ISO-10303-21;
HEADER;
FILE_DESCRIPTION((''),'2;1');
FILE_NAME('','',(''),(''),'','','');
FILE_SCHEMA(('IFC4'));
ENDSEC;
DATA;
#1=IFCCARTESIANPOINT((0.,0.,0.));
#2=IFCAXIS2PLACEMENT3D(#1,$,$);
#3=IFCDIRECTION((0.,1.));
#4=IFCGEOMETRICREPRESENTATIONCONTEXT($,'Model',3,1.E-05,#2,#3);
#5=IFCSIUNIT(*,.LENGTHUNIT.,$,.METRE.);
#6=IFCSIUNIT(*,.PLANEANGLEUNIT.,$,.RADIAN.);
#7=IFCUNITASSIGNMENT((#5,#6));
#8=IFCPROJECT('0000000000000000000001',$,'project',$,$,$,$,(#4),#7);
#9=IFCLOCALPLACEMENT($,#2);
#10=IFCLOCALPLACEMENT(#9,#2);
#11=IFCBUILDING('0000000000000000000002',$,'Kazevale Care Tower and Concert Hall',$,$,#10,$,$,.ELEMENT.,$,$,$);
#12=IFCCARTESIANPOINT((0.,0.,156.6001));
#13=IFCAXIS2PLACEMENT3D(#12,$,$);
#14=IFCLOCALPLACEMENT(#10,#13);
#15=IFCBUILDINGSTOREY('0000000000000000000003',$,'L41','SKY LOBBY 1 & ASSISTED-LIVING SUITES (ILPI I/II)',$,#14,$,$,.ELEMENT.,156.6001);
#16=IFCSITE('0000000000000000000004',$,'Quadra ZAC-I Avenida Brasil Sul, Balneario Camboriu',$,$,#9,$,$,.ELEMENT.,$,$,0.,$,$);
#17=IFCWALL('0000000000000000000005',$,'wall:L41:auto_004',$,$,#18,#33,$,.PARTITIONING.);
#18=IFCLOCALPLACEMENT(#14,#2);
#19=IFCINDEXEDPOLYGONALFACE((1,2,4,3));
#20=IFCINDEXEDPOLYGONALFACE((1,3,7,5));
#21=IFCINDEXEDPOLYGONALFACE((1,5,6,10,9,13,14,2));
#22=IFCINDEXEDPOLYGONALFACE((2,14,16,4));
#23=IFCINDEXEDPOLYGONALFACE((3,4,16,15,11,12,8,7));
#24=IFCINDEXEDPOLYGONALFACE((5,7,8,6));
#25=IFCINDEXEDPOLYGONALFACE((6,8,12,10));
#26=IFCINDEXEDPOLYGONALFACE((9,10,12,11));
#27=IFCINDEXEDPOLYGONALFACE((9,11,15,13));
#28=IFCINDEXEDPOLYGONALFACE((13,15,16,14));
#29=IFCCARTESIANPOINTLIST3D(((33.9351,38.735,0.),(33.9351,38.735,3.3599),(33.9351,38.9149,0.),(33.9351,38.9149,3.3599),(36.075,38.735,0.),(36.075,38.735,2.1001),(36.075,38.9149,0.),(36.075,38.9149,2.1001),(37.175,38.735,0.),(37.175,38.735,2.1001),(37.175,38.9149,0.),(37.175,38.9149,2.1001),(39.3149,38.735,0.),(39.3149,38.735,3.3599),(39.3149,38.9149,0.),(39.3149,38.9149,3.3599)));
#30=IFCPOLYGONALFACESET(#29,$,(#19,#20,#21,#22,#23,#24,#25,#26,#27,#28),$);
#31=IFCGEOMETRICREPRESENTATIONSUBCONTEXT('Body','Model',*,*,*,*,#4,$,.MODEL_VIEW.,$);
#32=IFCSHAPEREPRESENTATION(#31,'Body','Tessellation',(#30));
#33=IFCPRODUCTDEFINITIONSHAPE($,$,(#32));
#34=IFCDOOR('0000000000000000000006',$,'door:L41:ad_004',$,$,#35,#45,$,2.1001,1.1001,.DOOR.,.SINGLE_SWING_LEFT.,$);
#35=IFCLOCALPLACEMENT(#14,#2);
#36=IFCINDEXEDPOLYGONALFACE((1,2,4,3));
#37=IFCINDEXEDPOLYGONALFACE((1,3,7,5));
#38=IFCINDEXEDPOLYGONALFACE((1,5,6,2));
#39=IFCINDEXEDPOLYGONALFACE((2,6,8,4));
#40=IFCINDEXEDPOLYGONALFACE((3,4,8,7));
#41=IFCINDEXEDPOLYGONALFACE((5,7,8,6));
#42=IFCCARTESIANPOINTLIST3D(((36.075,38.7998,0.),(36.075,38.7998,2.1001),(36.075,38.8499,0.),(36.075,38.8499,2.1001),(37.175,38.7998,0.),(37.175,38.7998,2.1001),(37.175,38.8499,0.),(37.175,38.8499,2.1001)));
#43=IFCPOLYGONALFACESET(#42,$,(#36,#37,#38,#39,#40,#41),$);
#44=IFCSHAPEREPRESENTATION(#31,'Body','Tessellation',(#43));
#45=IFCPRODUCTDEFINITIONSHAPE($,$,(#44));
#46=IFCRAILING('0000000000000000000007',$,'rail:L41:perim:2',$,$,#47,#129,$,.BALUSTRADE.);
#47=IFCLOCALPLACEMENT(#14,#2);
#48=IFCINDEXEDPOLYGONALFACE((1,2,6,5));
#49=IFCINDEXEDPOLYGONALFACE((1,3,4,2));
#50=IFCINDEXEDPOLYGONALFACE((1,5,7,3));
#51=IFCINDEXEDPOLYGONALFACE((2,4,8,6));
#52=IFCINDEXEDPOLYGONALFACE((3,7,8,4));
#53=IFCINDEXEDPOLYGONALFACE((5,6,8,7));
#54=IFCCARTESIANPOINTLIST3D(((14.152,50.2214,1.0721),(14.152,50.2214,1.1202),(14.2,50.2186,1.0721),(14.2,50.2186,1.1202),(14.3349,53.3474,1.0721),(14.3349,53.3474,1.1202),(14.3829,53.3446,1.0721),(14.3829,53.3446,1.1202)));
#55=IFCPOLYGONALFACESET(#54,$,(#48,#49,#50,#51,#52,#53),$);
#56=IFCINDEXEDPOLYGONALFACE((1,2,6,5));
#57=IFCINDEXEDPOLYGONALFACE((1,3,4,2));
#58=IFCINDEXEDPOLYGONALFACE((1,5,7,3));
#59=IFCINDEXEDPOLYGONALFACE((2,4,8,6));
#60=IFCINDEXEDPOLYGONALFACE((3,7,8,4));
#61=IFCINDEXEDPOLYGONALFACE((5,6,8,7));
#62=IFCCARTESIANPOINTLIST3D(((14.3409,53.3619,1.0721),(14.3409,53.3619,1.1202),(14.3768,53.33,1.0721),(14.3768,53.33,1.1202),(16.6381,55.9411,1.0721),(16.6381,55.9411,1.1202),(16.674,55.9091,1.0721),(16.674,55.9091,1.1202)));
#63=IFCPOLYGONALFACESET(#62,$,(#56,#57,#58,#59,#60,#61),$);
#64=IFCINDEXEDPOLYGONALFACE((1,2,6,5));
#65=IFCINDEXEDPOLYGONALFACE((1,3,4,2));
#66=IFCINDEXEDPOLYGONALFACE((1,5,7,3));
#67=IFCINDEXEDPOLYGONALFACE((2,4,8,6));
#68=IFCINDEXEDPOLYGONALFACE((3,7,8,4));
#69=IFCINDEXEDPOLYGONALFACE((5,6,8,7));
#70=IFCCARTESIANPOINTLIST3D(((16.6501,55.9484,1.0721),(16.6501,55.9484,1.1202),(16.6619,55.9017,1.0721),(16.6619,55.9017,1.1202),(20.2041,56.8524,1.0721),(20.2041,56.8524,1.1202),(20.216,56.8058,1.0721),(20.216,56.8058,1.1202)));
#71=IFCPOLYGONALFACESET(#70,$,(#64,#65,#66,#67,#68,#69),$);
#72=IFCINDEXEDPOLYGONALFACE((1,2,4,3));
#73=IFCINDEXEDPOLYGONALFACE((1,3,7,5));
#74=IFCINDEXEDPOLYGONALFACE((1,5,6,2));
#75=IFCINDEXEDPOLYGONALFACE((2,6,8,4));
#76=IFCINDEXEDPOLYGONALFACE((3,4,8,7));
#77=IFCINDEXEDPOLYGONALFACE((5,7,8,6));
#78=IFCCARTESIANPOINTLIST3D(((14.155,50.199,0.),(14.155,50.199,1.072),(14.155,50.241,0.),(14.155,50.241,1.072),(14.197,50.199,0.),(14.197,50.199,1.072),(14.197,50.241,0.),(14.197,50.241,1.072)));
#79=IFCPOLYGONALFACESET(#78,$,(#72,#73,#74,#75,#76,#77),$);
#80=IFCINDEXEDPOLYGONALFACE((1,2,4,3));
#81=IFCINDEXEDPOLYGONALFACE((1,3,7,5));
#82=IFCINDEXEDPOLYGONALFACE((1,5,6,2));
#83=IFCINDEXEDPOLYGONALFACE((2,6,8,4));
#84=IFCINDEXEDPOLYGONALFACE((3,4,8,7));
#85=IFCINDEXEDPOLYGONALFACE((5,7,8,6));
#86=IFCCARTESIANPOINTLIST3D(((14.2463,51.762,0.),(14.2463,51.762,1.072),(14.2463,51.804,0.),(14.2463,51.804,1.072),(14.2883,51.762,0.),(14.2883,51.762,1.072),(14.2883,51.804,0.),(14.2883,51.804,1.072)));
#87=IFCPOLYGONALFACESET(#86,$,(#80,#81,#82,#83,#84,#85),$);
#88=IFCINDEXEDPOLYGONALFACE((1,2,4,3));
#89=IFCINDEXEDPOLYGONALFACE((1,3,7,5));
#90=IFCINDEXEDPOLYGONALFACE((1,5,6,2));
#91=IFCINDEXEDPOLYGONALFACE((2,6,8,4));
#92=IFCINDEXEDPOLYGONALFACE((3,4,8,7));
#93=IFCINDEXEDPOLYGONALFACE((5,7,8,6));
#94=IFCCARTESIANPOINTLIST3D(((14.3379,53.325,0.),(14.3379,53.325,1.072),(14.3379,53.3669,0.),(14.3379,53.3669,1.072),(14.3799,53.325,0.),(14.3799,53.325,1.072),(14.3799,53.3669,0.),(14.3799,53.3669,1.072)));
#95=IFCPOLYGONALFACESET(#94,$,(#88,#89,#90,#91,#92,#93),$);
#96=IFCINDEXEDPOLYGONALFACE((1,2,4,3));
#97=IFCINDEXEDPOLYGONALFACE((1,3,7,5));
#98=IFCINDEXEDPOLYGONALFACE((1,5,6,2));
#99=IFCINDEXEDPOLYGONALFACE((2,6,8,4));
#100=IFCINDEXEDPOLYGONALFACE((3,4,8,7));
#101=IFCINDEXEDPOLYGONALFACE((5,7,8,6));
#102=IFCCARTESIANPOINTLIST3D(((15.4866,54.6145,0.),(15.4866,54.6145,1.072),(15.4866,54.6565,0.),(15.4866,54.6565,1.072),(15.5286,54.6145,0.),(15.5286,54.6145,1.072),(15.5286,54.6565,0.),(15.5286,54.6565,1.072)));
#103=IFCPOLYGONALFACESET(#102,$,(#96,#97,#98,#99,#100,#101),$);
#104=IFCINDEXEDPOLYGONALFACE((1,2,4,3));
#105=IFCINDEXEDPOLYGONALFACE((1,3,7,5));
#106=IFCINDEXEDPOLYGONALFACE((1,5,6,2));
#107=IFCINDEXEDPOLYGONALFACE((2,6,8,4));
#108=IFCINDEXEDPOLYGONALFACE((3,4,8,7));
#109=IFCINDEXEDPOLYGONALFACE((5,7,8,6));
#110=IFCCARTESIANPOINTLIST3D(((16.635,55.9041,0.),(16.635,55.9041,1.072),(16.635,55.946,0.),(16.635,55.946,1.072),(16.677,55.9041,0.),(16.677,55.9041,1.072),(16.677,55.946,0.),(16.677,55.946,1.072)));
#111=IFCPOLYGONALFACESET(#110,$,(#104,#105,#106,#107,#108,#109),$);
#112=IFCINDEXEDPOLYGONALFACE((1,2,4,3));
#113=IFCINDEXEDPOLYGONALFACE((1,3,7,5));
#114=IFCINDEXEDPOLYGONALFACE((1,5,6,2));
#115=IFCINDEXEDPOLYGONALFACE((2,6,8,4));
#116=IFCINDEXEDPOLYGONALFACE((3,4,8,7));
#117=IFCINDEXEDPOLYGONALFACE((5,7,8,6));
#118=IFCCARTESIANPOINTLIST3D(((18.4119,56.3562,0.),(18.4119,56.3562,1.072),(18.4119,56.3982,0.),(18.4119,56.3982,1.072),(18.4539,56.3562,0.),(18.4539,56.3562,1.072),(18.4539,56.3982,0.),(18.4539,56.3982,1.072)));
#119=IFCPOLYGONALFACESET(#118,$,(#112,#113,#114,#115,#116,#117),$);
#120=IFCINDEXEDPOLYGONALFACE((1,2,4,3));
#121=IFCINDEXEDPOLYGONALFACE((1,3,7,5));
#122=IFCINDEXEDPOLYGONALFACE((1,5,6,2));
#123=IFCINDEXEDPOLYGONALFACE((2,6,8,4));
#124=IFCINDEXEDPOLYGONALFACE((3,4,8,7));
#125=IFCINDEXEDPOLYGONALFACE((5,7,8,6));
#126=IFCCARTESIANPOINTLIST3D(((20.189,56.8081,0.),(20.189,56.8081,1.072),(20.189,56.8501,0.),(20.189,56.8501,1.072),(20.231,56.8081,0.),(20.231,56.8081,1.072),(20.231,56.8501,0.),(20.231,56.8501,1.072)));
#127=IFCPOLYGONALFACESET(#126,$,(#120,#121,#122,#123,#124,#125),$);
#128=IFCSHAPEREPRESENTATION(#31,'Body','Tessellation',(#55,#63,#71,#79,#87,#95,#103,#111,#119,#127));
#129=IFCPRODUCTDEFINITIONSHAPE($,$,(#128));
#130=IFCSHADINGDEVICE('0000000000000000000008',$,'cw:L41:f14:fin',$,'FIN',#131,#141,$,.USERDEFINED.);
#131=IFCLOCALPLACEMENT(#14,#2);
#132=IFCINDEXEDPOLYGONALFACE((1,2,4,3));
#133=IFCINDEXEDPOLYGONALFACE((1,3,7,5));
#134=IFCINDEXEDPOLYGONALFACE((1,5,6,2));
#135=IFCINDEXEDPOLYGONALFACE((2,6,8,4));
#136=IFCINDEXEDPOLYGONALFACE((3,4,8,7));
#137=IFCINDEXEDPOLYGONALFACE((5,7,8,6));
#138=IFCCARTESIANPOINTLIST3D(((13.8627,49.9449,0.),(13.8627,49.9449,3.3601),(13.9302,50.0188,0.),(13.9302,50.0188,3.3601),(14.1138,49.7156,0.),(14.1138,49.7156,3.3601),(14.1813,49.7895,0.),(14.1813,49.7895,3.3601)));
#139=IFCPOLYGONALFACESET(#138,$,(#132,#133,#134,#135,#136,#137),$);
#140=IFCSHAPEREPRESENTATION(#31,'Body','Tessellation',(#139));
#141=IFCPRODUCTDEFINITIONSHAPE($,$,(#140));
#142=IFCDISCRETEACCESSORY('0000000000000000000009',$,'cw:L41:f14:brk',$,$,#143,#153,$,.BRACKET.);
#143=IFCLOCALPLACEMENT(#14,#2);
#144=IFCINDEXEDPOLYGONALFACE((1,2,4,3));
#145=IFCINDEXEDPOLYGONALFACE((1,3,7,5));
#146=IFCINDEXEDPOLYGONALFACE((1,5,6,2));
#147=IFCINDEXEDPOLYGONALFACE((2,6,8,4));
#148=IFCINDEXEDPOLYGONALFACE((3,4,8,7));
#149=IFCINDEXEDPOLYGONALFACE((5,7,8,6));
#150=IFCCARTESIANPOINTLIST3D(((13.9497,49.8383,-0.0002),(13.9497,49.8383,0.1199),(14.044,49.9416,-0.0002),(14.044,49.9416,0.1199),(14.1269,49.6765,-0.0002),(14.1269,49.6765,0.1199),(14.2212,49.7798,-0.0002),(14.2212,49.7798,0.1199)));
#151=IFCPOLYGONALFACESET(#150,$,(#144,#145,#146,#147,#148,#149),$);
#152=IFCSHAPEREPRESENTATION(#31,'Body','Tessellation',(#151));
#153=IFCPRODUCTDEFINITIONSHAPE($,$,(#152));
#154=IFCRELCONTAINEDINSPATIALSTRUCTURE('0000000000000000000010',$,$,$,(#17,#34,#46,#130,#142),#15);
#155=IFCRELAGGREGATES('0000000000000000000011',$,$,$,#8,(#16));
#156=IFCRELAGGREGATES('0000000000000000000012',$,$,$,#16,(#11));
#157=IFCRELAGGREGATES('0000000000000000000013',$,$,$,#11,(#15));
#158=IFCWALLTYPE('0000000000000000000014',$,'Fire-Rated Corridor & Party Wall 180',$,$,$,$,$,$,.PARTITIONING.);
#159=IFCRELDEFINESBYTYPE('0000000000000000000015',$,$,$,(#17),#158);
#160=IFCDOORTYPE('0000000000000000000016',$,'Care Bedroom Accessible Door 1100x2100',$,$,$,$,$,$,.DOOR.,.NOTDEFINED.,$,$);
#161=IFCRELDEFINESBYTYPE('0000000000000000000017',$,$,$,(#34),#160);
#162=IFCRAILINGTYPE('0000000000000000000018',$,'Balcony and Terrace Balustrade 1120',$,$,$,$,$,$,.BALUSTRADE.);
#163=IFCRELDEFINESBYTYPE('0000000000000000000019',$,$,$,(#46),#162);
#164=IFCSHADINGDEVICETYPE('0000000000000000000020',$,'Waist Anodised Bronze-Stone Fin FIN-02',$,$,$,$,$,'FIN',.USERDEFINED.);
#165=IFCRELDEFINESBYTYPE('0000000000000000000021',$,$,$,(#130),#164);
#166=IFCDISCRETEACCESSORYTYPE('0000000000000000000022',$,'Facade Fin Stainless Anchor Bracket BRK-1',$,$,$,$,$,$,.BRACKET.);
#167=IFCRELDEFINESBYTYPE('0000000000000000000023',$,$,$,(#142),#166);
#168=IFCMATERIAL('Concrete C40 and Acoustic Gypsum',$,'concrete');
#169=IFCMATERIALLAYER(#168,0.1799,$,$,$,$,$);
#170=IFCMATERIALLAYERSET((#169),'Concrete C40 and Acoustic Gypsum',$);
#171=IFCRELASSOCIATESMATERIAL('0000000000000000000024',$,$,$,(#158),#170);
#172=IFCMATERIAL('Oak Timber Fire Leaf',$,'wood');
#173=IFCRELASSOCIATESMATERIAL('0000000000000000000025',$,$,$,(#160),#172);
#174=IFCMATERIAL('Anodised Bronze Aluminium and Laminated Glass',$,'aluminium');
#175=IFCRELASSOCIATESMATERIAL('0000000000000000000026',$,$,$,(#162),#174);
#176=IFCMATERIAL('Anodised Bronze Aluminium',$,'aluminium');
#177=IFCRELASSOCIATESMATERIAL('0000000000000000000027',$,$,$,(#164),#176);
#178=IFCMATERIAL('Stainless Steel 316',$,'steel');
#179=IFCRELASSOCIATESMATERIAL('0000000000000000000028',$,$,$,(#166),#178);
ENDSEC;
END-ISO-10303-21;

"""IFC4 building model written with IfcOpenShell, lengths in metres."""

from ifc_helpers import new_model, si_unit, direction, frame, frame_2d, origin, origin_2d, place, context, subcontext, project, spatial, rectangle, extrude, material, layer, layer_set, type_object, element, fill, save


model = new_model("IFC4")

# Units and contexts
model_context = context("Model", 3, precision=1e-05, world=origin(), true_north=direction((0.0, 1.0)))
body_context = subcontext(model_context, "Body", "Model", "MODEL_VIEW")
ifc_project = project(units=[si_unit("LENGTHUNIT", "METRE"), si_unit("PLANEANGLEUNIT", "RADIAN")], contexts=[model_context])

# Site, building, storey
site_placement = place(None, origin())
site = spatial("IfcSite", under=ifc_project, at=site_placement, Name="Quadra ZAC-I Avenida Brasil Sul, Balneario Camboriu", CompositionType="ELEMENT", RefElevation=0.0)
building_placement = place(site_placement, origin())
building = spatial("IfcBuilding", under=site, at=building_placement, Name="Kazevale Care Tower and Concert Hall", CompositionType="ELEMENT")
storey_placement = place(building_placement, frame((0.0, 0.0, 156.6001)))
storey = spatial("IfcBuildingStorey", under=building, at=storey_placement, Name="L41", Description="SKY LOBBY 1 & ASSISTED-LIVING SUITES (ILPI I/II)", CompositionType="ELEMENT", Elevation=156.6001)

# Wall, opening, door
ifc_material_1 = material(Name="Concrete C40 and Acoustic Gypsum", Category="concrete")
ifc_layer_1 = layer(ifc_material_1, 0.1799)
ifc_layer_set_1 = layer_set([ifc_layer_1], Name="Concrete C40 and Acoustic Gypsum")
wall_type = type_object("IfcWallType", Name="Fire-Rated Corridor & Party Wall 180", PredefinedType="PARTITIONING", material=ifc_layer_set_1)
ifc_material_2 = material(Name="Oak Timber Fire Leaf", Category="wood")
door_type = type_object("IfcDoorType", Name="Care Bedroom Accessible Door 1100x2100", OperationType="NOTDEFINED", PredefinedType="DOOR", material=ifc_material_2)
wall_1_placement = place(storey_placement, frame((33.9351, 38.825, 0.0), z_axis=(0.0, 0.0, 1.0), x_axis=(1.0, 0.0, 0.0)))
wall_1 = element("IfcWall", 1, at=wall_1_placement, inside=storey, type_object=wall_type, Name="wall:L41:auto_004", PredefinedType="PARTITIONING", context=body_context, shape_type="SweptSolid", body=[
    extrude(rectangle(XDim=5.3799, YDim=0.1799, at=frame_2d((2.6899, 0.0))), origin(), (0.0, 0.0, 1.0), 3.3599),
])
opening_1_placement = place(wall_1_placement, frame((2.1399, 0.0, 0.0)))
opening_1 = element("IfcOpeningElement", 2, at=opening_1_placement, cuts=wall_1, PredefinedType="OPENING", context=body_context, shape_type="SweptSolid", body=[
    extrude(rectangle(XDim=1.1001, YDim=2.1001, at=frame_2d((0.55, 1.05))), frame((0.0, 0.0999, 0.0), z_axis=(0.0, -1.0, 0.0), x_axis=(1.0, 0.0, 0.0)), (0.0, 0.0, 1.0), 0.2),
])
door_1_placement = place(opening_1_placement, origin())
door_1 = element("IfcDoor", 3, at=door_1_placement, inside=storey, type_object=door_type, Name="door:L41:ad_004", OperationType="SINGLE_SWING_LEFT", OverallHeight=2.1001, OverallWidth=1.1001, PredefinedType="DOOR", context=body_context, shape_type="SweptSolid", body=[
    extrude(rectangle(XDim=1.1001, YDim=2.1001, at=frame_2d((0.55, 1.05))), frame((0.0, 0.0249, 0.0), z_axis=(0.0, -1.0, 0.0), x_axis=(1.0, 0.0, 0.0)), (0.0, 0.0, 1.0), 0.05),
])
fill(opening_1, door_1)

# Railing
ifc_material_3 = material(Name="Anodised Bronze Aluminium and Laminated Glass", Category="aluminium")
railing_type = type_object("IfcRailingType", Name="Balcony and Terrace Balustrade 1120", PredefinedType="BALUSTRADE", material=ifc_material_3)
railing_placement = place(storey_placement, frame((14.176, 50.22, 0.0)))
element("IfcRailing", 4, at=railing_placement, inside=storey, type_object=railing_type, Name="rail:L41:perim:2", PredefinedType="BALUSTRADE", context=body_context, shape_type="SweptSolid", body=[
    extrude(rectangle(XDim=0.0481, YDim=0.0481, at=origin_2d()), frame((0.0, 0.0, 1.0962), z_axis=(0.058398, 0.998293, 0.0), x_axis=(-0.998293, 0.058398, 0.0)), (0.0, 0.0, 1.0), 3.1313),
    extrude(rectangle(XDim=0.0481, YDim=0.0481, at=origin_2d()), frame((0.1829, 3.126, 1.0962), z_axis=(0.665105, 0.74675, 0.0), x_axis=(-0.74675, 0.665105, 0.0)), (0.0, 0.0, 1.0), 3.4539),
    extrude(rectangle(XDim=0.0481, YDim=0.0481, at=origin_2d()), frame((2.48, 5.7051, 1.0962), z_axis=(0.969136, 0.246528, 0.0), x_axis=(-0.246528, 0.969136, 0.0)), (0.0, 0.0, 1.0), 3.6672),
    extrude(rectangle(XDim=0.042, YDim=0.042, at=origin_2d()), origin(), (0.0, 0.0, 1.0), 1.072),
    extrude(rectangle(XDim=0.042, YDim=0.042, at=origin_2d()), frame((0.0913, 1.563, 0.0)), (0.0, 0.0, 1.0), 1.072),
    extrude(rectangle(XDim=0.042, YDim=0.042, at=origin_2d()), frame((0.1829, 3.126, 0.0)), (0.0, 0.0, 1.0), 1.072),
    extrude(rectangle(XDim=0.042, YDim=0.042, at=origin_2d()), frame((1.3315, 4.4155, 0.0)), (0.0, 0.0, 1.0), 1.072),
    extrude(rectangle(XDim=0.042, YDim=0.042, at=origin_2d()), frame((2.48, 5.7051, 0.0)), (0.0, 0.0, 1.0), 1.072),
    extrude(rectangle(XDim=0.042, YDim=0.042, at=origin_2d()), frame((4.2568, 6.1572, 0.0)), (0.0, 0.0, 1.0), 1.072),
    extrude(rectangle(XDim=0.042, YDim=0.042, at=origin_2d()), frame((6.0339, 6.6091, 0.0)), (0.0, 0.0, 1.0), 1.072),
])

# Shading device
ifc_material_4 = material(Name="Anodised Bronze Aluminium", Category="aluminium")
shading_device_type = type_object("IfcShadingDeviceType", Name="Waist Anodised Bronze-Stone Fin FIN-02", ElementType="FIN", PredefinedType="USERDEFINED", material=ifc_material_4)
shading_device_placement = place(storey_placement, frame((14.022, 49.8672, 0.0), z_axis=(0.0, 0.0, 1.0), x_axis=(-0.738455, 0.674302, 0.0)))
element("IfcShadingDevice", 5, at=shading_device_placement, inside=storey, type_object=shading_device_type, Name="cw:L41:f14:fin", ObjectType="FIN", PredefinedType="USERDEFINED", context=body_context, shape_type="SweptSolid", body=[
    extrude(rectangle(XDim=0.3401, YDim=0.1001, at=origin_2d()), origin(), (0.0, 0.0, 1.0), 3.3601),
])

# Discrete accessory
ifc_material_5 = material(Name="Stainless Steel 316", Category="steel")
discrete_accessory_type = type_object("IfcDiscreteAccessoryType", Name="Facade Fin Stainless Anchor Bracket BRK-1", PredefinedType="BRACKET", material=ifc_material_5)
discrete_accessory_placement = place(storey_placement, frame((14.0854, 49.8091, -0.0002), z_axis=(0.0, 0.0, 1.0), x_axis=(-0.738455, 0.674302, 0.0)))
element("IfcDiscreteAccessory", 6, at=discrete_accessory_placement, inside=storey, type_object=discrete_accessory_type, Name="cw:L41:f14:brk", PredefinedType="BRACKET", context=body_context, shape_type="SweptSolid", body=[
    extrude(rectangle(XDim=0.24, YDim=0.1399, at=origin_2d()), origin(), (0.0, 0.0, 1.0), 0.1201),
])

save(model, "model.ifc")
